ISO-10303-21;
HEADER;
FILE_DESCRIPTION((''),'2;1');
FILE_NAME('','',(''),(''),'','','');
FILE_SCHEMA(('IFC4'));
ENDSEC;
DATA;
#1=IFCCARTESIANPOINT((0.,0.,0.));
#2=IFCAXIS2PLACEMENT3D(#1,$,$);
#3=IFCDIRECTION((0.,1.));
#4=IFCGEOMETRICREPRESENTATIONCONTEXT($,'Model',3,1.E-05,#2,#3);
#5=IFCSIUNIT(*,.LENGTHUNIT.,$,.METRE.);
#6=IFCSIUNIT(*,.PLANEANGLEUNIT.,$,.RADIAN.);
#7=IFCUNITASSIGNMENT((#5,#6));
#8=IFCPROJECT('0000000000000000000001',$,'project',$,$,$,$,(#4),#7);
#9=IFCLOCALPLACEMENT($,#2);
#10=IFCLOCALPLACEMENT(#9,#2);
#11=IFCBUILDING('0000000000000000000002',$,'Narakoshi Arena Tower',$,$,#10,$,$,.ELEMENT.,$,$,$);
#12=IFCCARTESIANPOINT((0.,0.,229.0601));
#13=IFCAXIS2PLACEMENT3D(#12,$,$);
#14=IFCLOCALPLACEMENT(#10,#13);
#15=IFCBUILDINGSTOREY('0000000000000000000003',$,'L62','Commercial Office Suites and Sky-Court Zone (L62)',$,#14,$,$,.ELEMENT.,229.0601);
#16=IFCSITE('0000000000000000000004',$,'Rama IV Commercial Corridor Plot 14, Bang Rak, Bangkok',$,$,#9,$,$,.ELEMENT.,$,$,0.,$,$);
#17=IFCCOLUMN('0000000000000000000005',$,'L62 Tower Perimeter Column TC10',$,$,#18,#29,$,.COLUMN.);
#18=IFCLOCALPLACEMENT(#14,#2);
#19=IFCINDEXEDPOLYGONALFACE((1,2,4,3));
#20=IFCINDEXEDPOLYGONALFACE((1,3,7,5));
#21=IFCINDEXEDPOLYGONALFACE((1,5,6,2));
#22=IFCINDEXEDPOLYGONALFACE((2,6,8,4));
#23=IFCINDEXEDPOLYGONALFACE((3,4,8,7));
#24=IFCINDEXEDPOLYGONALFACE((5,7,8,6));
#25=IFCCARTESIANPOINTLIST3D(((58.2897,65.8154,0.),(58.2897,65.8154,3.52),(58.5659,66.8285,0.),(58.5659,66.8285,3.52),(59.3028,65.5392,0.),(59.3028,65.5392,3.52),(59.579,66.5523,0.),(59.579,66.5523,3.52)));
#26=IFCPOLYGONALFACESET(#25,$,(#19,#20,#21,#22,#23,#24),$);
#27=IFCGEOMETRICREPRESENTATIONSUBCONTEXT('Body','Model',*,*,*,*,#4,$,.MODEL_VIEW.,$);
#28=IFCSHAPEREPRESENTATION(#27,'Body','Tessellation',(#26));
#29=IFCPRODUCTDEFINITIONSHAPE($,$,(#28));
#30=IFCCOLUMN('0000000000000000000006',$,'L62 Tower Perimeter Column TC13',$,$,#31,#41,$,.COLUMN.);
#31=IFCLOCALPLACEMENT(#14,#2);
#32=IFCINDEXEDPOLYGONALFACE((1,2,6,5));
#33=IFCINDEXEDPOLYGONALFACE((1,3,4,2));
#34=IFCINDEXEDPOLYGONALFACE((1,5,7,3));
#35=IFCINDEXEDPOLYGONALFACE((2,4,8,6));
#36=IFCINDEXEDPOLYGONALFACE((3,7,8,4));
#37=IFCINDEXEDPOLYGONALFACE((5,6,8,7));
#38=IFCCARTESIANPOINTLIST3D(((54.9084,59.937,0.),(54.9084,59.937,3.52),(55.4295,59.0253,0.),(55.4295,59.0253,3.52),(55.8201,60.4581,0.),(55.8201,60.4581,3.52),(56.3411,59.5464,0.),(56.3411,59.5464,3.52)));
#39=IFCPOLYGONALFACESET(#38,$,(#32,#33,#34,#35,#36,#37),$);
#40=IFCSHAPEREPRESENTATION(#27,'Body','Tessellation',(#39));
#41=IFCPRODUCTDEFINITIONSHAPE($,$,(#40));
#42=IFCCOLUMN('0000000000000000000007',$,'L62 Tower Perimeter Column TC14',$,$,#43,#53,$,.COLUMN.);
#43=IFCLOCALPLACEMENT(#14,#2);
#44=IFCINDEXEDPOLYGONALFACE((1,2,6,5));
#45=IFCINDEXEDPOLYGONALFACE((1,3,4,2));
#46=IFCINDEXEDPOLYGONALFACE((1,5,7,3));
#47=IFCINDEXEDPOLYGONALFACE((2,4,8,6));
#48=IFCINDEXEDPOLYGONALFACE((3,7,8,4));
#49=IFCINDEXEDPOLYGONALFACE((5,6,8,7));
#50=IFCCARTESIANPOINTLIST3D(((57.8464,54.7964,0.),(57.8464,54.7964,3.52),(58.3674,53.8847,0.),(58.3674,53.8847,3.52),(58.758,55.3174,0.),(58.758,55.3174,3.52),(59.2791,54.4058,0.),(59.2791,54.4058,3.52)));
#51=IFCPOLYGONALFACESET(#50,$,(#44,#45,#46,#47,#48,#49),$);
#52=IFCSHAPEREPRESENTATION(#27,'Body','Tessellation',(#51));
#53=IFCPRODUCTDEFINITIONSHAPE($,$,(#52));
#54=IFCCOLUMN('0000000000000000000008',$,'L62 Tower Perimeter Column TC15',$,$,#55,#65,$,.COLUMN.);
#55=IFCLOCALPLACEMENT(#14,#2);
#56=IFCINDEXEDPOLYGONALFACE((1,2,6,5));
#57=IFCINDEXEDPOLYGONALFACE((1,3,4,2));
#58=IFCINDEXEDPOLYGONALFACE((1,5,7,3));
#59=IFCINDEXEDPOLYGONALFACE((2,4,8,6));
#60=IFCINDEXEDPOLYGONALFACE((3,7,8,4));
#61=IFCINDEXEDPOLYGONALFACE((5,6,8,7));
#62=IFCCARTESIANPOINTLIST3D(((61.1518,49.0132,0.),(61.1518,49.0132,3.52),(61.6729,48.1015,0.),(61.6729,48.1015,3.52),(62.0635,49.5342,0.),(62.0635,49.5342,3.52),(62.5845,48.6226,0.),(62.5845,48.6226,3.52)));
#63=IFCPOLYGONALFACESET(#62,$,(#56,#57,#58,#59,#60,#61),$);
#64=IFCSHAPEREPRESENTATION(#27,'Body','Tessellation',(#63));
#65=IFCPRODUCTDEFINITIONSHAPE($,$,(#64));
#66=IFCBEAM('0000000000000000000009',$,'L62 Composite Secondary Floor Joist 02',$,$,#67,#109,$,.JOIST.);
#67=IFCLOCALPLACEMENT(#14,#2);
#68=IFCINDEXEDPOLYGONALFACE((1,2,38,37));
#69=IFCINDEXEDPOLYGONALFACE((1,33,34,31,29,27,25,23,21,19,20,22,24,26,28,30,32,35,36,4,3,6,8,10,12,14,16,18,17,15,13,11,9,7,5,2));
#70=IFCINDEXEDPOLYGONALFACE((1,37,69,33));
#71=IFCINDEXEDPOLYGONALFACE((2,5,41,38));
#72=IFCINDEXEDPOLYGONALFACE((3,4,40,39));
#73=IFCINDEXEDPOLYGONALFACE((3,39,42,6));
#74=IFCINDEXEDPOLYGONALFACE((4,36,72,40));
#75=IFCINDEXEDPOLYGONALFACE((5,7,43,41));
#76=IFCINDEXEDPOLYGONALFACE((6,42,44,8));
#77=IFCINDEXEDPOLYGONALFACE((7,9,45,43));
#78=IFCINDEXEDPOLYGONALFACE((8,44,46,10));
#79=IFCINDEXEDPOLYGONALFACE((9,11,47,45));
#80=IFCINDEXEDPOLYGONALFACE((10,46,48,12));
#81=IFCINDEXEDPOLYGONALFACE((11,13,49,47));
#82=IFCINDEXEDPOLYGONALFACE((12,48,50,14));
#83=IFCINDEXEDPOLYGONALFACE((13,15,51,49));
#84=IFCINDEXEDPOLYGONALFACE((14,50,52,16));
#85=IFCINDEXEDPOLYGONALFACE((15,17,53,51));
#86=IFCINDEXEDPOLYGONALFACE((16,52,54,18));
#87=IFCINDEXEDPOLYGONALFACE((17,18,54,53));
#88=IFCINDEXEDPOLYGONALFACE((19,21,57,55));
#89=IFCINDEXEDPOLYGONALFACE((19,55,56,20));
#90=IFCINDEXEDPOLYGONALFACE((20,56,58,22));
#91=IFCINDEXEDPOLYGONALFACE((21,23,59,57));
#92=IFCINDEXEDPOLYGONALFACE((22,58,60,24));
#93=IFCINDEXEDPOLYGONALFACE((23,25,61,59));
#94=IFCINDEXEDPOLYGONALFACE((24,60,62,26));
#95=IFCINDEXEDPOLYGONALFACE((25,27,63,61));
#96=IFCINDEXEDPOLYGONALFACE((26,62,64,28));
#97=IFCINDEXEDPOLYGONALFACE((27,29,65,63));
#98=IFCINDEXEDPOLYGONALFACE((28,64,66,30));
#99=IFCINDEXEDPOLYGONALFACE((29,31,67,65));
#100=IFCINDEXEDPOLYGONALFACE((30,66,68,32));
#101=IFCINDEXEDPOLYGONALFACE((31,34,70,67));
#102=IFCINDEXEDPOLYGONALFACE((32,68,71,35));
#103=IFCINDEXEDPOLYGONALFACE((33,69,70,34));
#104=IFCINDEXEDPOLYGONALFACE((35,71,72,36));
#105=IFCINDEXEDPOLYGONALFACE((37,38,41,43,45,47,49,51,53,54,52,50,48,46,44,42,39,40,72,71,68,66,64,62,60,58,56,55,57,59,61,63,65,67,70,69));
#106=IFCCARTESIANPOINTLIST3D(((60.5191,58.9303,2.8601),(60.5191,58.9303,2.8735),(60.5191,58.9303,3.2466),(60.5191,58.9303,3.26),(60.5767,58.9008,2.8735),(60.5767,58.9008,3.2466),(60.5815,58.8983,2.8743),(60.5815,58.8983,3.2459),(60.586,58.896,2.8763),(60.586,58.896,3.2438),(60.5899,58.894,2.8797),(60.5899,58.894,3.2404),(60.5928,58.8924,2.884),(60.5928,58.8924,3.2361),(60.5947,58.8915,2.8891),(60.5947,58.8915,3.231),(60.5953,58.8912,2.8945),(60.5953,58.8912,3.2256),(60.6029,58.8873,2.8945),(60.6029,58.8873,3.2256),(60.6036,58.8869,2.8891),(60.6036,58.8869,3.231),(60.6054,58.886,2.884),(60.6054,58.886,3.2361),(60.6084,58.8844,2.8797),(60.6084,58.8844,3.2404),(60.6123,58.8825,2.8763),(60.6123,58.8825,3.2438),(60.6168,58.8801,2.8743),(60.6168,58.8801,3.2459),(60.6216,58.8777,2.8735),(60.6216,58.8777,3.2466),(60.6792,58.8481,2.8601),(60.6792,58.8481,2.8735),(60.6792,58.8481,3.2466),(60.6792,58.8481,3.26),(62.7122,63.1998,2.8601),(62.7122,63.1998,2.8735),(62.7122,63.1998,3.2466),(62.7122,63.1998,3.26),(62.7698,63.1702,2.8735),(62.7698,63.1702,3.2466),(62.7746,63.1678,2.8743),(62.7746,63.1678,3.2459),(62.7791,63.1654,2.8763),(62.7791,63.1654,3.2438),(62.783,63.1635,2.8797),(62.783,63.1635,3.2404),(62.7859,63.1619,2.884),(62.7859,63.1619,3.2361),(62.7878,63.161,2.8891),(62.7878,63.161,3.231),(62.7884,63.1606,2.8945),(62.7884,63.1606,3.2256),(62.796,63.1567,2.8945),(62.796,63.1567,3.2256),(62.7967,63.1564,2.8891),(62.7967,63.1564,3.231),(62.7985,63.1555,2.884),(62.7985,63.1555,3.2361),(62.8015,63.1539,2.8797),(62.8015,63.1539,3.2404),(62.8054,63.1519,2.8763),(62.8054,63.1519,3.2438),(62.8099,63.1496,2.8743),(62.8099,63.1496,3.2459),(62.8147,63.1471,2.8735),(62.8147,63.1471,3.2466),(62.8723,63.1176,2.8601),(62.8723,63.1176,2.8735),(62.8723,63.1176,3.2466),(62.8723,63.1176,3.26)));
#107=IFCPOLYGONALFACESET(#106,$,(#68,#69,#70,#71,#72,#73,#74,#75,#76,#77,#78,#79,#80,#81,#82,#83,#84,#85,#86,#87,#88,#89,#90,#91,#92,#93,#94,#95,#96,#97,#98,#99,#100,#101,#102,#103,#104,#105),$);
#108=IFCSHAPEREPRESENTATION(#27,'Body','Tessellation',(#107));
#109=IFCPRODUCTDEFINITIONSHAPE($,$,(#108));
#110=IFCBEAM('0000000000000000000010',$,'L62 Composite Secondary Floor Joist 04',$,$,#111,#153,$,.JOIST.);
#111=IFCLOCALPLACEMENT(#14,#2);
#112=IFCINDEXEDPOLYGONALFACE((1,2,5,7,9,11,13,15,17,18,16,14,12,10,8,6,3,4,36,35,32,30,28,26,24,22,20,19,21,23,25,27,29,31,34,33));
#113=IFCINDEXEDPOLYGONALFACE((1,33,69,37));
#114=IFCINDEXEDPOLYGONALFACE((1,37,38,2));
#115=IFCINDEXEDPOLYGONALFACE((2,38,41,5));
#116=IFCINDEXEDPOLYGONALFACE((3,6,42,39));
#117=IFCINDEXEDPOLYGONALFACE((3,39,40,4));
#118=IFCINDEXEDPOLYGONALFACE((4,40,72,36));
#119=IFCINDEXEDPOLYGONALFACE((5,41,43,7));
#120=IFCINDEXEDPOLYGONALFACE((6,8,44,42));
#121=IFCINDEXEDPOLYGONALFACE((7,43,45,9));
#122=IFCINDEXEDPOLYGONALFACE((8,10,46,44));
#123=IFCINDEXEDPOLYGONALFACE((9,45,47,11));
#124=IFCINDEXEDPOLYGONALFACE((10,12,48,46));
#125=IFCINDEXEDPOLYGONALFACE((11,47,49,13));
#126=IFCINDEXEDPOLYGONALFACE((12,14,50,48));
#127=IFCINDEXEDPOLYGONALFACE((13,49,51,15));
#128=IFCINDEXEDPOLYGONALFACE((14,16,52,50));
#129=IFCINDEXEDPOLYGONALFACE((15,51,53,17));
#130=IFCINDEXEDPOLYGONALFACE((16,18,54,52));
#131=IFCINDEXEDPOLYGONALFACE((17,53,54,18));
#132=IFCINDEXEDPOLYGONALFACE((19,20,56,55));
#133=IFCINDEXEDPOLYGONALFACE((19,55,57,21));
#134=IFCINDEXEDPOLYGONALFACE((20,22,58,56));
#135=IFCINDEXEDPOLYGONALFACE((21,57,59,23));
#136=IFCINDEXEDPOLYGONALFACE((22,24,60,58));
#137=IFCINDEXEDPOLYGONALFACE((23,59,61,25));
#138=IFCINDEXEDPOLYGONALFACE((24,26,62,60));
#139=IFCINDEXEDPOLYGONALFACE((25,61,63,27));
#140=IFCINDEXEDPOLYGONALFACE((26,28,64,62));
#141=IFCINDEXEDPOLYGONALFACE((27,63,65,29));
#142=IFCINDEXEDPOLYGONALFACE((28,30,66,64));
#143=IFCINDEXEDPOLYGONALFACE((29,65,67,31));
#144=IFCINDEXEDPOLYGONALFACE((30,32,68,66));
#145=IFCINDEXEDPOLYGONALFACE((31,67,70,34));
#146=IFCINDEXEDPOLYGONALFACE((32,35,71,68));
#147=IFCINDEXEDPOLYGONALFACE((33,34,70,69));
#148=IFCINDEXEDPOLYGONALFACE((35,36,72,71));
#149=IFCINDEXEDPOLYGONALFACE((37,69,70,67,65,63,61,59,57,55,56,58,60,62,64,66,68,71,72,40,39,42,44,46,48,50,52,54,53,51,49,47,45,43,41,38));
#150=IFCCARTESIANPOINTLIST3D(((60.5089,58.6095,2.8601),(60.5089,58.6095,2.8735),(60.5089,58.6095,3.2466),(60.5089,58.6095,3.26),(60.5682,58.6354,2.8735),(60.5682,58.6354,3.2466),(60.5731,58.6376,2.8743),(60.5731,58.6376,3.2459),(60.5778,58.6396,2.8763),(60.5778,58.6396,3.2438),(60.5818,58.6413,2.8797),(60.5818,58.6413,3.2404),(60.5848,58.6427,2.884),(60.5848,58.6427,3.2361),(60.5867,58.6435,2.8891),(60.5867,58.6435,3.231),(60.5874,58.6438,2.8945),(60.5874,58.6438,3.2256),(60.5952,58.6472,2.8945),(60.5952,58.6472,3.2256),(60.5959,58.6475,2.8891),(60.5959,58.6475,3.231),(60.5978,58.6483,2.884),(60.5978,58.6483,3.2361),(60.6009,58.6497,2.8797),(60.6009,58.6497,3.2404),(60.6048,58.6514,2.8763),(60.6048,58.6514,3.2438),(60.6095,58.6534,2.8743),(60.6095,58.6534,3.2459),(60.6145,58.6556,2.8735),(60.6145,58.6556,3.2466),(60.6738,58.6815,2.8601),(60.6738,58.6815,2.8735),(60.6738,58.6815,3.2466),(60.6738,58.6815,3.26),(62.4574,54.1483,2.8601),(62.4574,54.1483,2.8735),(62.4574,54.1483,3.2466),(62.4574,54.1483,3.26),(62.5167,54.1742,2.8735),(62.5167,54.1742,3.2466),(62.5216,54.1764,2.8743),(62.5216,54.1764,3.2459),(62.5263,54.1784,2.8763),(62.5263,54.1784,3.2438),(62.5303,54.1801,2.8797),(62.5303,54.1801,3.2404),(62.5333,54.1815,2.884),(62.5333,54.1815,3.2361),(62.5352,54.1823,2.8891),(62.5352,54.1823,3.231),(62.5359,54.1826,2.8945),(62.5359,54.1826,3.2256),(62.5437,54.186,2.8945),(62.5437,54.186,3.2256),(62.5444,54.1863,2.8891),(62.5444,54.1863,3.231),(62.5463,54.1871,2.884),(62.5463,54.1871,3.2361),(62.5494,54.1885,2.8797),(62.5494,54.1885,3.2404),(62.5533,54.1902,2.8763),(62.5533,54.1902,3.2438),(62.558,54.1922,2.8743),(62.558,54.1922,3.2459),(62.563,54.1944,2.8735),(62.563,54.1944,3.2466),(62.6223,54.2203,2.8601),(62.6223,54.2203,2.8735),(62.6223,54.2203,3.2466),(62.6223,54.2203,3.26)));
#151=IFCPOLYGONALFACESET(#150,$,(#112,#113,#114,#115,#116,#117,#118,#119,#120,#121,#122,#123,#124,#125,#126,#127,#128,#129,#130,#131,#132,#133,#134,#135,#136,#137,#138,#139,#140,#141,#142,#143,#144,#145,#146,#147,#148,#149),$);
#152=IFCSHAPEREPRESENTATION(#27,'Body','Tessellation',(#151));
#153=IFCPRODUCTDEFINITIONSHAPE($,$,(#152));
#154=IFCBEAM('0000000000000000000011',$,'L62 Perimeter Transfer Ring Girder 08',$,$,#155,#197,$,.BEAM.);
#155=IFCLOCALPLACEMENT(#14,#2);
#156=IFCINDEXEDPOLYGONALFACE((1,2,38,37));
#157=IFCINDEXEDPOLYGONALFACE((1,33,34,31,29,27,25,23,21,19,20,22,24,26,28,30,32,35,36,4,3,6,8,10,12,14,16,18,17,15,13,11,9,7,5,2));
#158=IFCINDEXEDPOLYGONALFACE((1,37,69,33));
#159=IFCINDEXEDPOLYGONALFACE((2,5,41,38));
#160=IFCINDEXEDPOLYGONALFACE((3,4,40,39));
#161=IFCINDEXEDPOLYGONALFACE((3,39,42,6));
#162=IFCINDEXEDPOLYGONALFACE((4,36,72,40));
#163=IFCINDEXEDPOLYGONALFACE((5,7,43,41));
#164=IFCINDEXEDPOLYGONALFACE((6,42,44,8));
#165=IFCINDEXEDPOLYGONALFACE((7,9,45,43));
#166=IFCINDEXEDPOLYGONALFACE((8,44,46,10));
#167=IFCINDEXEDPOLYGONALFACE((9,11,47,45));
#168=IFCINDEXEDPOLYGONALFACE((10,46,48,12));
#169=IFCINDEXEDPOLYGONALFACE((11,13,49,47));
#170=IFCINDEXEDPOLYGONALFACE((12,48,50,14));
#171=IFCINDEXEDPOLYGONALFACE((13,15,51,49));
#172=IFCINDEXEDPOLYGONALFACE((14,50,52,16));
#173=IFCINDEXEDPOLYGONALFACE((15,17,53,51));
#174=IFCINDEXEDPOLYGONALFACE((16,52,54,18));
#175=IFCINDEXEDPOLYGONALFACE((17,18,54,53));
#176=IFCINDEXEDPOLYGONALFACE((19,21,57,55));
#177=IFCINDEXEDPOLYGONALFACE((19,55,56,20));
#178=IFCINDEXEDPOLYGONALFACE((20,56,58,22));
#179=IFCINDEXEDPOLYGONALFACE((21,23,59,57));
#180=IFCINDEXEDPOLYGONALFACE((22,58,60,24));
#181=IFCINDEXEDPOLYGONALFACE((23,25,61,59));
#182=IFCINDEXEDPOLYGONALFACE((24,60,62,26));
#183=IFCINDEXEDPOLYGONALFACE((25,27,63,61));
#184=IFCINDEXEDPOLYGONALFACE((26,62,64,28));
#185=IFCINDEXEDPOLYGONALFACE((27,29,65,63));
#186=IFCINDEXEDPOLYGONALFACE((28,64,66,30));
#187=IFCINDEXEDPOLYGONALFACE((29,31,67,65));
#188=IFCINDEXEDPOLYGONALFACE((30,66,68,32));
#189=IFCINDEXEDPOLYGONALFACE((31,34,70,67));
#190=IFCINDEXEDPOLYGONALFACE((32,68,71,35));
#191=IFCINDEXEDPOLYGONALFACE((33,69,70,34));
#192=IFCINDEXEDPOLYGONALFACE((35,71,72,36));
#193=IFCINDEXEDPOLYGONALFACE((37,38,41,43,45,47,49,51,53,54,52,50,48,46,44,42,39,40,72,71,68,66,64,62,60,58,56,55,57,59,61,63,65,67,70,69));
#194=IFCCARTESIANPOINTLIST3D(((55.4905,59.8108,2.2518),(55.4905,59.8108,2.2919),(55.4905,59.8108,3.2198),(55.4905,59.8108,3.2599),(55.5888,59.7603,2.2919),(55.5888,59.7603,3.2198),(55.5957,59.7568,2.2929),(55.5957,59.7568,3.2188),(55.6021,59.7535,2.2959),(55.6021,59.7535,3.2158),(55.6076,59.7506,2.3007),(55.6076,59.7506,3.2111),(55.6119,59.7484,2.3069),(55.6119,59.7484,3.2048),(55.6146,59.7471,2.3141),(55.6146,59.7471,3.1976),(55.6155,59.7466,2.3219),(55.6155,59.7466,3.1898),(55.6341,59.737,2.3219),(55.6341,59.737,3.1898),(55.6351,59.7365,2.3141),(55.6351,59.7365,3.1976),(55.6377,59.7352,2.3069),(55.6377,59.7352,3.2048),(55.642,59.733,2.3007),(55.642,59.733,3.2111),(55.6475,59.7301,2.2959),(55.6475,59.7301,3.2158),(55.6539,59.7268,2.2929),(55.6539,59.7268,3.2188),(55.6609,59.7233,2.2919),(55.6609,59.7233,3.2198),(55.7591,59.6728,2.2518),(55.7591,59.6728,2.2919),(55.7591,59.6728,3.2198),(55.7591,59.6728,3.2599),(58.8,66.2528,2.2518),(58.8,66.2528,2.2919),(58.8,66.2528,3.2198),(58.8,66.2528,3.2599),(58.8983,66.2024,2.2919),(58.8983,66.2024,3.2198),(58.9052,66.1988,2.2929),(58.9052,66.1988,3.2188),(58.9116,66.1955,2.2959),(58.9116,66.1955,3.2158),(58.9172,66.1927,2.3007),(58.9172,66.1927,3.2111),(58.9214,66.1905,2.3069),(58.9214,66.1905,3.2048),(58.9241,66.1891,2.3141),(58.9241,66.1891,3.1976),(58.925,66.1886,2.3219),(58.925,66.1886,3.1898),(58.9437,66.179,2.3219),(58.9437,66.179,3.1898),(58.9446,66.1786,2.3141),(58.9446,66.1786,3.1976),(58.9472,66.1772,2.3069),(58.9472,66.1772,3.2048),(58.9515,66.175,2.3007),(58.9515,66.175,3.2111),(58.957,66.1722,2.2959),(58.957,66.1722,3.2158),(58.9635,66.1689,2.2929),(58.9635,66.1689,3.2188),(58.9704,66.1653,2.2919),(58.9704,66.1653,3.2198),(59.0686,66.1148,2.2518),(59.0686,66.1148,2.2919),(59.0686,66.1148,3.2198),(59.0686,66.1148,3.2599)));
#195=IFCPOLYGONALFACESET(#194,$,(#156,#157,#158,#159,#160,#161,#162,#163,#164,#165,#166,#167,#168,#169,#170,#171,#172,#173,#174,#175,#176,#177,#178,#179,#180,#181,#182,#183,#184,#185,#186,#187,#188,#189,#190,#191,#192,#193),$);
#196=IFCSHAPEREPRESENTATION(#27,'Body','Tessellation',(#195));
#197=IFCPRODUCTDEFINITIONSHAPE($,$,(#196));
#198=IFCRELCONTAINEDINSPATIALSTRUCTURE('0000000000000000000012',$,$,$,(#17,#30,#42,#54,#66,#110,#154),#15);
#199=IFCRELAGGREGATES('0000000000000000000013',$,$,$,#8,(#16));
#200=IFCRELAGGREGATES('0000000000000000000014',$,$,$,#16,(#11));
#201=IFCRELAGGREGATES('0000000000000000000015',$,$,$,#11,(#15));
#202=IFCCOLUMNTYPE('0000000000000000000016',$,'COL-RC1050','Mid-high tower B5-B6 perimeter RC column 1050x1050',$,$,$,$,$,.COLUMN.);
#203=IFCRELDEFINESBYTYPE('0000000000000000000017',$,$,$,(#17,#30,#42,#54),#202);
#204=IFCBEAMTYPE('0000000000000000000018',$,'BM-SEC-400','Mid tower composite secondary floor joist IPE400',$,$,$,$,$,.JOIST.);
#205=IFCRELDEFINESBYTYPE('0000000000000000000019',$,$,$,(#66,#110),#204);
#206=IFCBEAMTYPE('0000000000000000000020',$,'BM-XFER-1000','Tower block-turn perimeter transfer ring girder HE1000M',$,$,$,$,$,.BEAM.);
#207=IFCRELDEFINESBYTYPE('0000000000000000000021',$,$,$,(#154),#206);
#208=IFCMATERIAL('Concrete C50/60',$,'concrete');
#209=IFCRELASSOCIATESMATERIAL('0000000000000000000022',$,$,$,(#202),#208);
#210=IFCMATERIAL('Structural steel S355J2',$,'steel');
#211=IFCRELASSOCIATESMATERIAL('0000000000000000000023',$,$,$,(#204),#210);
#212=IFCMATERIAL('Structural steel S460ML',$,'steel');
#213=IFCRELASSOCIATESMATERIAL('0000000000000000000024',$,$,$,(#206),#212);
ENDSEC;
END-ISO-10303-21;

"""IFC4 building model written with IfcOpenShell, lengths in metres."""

from ifc_helpers import new_model, si_unit, direction, frame, origin, origin_2d, place, context, subcontext, project, spatial, rectangle, i_section, extrude, material, material_profile, profile_set, type_object, element, save


model = new_model("IFC4")

# Units and contexts
model_context = context("Model", 3, precision=1e-05, world=origin(), true_north=direction((0.0, 1.0)))
body_context = subcontext(model_context, "Body", "Model", "MODEL_VIEW")
ifc_project = project(units=[si_unit("LENGTHUNIT", "METRE"), si_unit("PLANEANGLEUNIT", "RADIAN")], contexts=[model_context])

# Site, building, storey
site_placement = place(None, origin())
site = spatial("IfcSite", under=ifc_project, at=site_placement, Name="Rama IV Commercial Corridor Plot 14, Bang Rak, Bangkok", CompositionType="ELEMENT", RefElevation=0.0)
building_placement = place(site_placement, origin())
building = spatial("IfcBuilding", under=site, at=building_placement, Name="Narakoshi Arena Tower", CompositionType="ELEMENT")
storey_placement = place(building_placement, frame((0.0, 0.0, 229.0601)))
storey = spatial("IfcBuildingStorey", under=building, at=storey_placement, Name="L62", Description="Commercial Office Suites and Sky-Court Zone (L62)", CompositionType="ELEMENT", Elevation=229.0601)

# Columns
ifc_material_1 = material(Name="Concrete C50/60", Category="concrete")
ifc_material_profile_1 = material_profile(ifc_material_1, rectangle(XDim=1.05, YDim=1.05, at=origin_2d()), Name="RC1050x1050")
ifc_profile_set_1 = profile_set([ifc_material_profile_1], Name="Concrete C50/60")
column_type = type_object("IfcColumnType", Name="COL-RC1050", Description="Mid-high tower B5-B6 perimeter RC column 1050x1050", PredefinedType="COLUMN", material=ifc_profile_set_1)
for number, where, z_axis, x_axis, name in (
    (1, (58.9343, 66.1838, 0.0), (0.0, 0.0, 1.0), (0.263031, 0.964787, 0.0), "L62 Tower Perimeter Column TC10"),
    (2, (55.6248, 59.7417, 0.0), (0.0, 0.0, 1.0), (-0.496217, 0.868199, 0.0), "L62 Tower Perimeter Column TC13"),
    (3, (58.5627, 54.6011, 0.0), (0.0, 0.0, 1.0), (-0.496217, 0.868199, 0.0), "L62 Tower Perimeter Column TC14"),
    (4, (61.8682, 48.8179, 0.0), (0.0, 0.0, 1.0), (-0.496217, 0.868199, 0.0), "L62 Tower Perimeter Column TC15"),
):
    element("IfcColumn", number, at=place(storey_placement, frame(where, z_axis=z_axis, x_axis=x_axis)), inside=storey, type_object=column_type, Name=name, PredefinedType="COLUMN", context=body_context, shape_type="SweptSolid", body=[
        extrude(rectangle(XDim=1.05, YDim=1.05, at=origin_2d()), origin(), (0.0, 0.0, 1.0), 3.52),
    ])

# Beams
ifc_material_2 = material(Name="Structural steel S355J2", Category="steel")
ifc_material_profile_2 = material_profile(ifc_material_2, i_section(OverallWidth=0.1799, OverallDepth=0.3999, WebThickness=0.0085, FlangeThickness=0.0134, FilletRadius=0.021, at=origin_2d()), Name="IPE400")
ifc_profile_set_2 = profile_set([ifc_material_profile_2], Name="Structural steel S355J2")
beam_type_1 = type_object("IfcBeamType", Name="BM-SEC-400", Description="Mid tower composite secondary floor joist IPE400", PredefinedType="JOIST", material=ifc_profile_set_2)
beam_1_placement = place(storey_placement, frame((62.7922, 63.1587, 3.0601), z_axis=(-0.456912, -0.889512, 0.0), x_axis=(0.889512, -0.456912, 0.0)))
element("IfcBeam", 5, at=beam_1_placement, inside=storey, type_object=beam_type_1, Name="L62 Composite Secondary Floor Joist 02", PredefinedType="JOIST", context=body_context, shape_type="SweptSolid", body=[
    extrude(i_section(OverallWidth=0.1799, OverallDepth=0.3999, WebThickness=0.0085, FlangeThickness=0.0134, FilletRadius=0.021, at=origin_2d()), origin(), (0.0, 0.0, 1.0), 4.7998),
])
beam_2_placement = place(storey_placement, frame((60.5913, 58.6455, 3.0601), z_axis=(0.400253, -0.916405, 0.0), x_axis=(0.916405, 0.400253, 0.0)))
element("IfcBeam", 6, at=beam_2_placement, inside=storey, type_object=beam_type_1, Name="L62 Composite Secondary Floor Joist 04", PredefinedType="JOIST", context=body_context, shape_type="SweptSolid", body=[
    extrude(i_section(OverallWidth=0.1799, OverallDepth=0.3999, WebThickness=0.0085, FlangeThickness=0.0134, FilletRadius=0.021, at=origin_2d()), origin(), (0.0, 0.0, 1.0), 4.8682),
])
ifc_material_3 = material(Name="Structural steel S460ML", Category="steel")
ifc_material_profile_3 = material_profile(ifc_material_3, i_section(OverallWidth=0.302, OverallDepth=1.0081, WebThickness=0.021, FlangeThickness=0.04, FilletRadius=0.03, at=origin_2d()), Name="HE1000M")
ifc_profile_set_3 = profile_set([ifc_material_profile_3], Name="Structural steel S460ML")
beam_type_2 = type_object("IfcBeamType", Name="BM-XFER-1000", Description="Tower block-turn perimeter transfer ring girder HE1000M", PredefinedType="BEAM", material=ifc_profile_set_3)
beam_3_placement = place(storey_placement, frame((58.9343, 66.1838, 2.7559), z_axis=(-0.456963, -0.889486, 0.0), x_axis=(0.889486, -0.456963, 0.0)))
element("IfcBeam", 7, at=beam_3_placement, inside=storey, type_object=beam_type_2, Name="L62 Perimeter Transfer Ring Girder 08", PredefinedType="BEAM", context=body_context, shape_type="SweptSolid", body=[
    extrude(i_section(OverallWidth=0.302, OverallDepth=1.0081, WebThickness=0.021, FlangeThickness=0.04, FilletRadius=0.03, at=origin_2d()), origin(), (0.0, 0.0, 1.0), 7.2424),
])

save(model, "model.ifc")
